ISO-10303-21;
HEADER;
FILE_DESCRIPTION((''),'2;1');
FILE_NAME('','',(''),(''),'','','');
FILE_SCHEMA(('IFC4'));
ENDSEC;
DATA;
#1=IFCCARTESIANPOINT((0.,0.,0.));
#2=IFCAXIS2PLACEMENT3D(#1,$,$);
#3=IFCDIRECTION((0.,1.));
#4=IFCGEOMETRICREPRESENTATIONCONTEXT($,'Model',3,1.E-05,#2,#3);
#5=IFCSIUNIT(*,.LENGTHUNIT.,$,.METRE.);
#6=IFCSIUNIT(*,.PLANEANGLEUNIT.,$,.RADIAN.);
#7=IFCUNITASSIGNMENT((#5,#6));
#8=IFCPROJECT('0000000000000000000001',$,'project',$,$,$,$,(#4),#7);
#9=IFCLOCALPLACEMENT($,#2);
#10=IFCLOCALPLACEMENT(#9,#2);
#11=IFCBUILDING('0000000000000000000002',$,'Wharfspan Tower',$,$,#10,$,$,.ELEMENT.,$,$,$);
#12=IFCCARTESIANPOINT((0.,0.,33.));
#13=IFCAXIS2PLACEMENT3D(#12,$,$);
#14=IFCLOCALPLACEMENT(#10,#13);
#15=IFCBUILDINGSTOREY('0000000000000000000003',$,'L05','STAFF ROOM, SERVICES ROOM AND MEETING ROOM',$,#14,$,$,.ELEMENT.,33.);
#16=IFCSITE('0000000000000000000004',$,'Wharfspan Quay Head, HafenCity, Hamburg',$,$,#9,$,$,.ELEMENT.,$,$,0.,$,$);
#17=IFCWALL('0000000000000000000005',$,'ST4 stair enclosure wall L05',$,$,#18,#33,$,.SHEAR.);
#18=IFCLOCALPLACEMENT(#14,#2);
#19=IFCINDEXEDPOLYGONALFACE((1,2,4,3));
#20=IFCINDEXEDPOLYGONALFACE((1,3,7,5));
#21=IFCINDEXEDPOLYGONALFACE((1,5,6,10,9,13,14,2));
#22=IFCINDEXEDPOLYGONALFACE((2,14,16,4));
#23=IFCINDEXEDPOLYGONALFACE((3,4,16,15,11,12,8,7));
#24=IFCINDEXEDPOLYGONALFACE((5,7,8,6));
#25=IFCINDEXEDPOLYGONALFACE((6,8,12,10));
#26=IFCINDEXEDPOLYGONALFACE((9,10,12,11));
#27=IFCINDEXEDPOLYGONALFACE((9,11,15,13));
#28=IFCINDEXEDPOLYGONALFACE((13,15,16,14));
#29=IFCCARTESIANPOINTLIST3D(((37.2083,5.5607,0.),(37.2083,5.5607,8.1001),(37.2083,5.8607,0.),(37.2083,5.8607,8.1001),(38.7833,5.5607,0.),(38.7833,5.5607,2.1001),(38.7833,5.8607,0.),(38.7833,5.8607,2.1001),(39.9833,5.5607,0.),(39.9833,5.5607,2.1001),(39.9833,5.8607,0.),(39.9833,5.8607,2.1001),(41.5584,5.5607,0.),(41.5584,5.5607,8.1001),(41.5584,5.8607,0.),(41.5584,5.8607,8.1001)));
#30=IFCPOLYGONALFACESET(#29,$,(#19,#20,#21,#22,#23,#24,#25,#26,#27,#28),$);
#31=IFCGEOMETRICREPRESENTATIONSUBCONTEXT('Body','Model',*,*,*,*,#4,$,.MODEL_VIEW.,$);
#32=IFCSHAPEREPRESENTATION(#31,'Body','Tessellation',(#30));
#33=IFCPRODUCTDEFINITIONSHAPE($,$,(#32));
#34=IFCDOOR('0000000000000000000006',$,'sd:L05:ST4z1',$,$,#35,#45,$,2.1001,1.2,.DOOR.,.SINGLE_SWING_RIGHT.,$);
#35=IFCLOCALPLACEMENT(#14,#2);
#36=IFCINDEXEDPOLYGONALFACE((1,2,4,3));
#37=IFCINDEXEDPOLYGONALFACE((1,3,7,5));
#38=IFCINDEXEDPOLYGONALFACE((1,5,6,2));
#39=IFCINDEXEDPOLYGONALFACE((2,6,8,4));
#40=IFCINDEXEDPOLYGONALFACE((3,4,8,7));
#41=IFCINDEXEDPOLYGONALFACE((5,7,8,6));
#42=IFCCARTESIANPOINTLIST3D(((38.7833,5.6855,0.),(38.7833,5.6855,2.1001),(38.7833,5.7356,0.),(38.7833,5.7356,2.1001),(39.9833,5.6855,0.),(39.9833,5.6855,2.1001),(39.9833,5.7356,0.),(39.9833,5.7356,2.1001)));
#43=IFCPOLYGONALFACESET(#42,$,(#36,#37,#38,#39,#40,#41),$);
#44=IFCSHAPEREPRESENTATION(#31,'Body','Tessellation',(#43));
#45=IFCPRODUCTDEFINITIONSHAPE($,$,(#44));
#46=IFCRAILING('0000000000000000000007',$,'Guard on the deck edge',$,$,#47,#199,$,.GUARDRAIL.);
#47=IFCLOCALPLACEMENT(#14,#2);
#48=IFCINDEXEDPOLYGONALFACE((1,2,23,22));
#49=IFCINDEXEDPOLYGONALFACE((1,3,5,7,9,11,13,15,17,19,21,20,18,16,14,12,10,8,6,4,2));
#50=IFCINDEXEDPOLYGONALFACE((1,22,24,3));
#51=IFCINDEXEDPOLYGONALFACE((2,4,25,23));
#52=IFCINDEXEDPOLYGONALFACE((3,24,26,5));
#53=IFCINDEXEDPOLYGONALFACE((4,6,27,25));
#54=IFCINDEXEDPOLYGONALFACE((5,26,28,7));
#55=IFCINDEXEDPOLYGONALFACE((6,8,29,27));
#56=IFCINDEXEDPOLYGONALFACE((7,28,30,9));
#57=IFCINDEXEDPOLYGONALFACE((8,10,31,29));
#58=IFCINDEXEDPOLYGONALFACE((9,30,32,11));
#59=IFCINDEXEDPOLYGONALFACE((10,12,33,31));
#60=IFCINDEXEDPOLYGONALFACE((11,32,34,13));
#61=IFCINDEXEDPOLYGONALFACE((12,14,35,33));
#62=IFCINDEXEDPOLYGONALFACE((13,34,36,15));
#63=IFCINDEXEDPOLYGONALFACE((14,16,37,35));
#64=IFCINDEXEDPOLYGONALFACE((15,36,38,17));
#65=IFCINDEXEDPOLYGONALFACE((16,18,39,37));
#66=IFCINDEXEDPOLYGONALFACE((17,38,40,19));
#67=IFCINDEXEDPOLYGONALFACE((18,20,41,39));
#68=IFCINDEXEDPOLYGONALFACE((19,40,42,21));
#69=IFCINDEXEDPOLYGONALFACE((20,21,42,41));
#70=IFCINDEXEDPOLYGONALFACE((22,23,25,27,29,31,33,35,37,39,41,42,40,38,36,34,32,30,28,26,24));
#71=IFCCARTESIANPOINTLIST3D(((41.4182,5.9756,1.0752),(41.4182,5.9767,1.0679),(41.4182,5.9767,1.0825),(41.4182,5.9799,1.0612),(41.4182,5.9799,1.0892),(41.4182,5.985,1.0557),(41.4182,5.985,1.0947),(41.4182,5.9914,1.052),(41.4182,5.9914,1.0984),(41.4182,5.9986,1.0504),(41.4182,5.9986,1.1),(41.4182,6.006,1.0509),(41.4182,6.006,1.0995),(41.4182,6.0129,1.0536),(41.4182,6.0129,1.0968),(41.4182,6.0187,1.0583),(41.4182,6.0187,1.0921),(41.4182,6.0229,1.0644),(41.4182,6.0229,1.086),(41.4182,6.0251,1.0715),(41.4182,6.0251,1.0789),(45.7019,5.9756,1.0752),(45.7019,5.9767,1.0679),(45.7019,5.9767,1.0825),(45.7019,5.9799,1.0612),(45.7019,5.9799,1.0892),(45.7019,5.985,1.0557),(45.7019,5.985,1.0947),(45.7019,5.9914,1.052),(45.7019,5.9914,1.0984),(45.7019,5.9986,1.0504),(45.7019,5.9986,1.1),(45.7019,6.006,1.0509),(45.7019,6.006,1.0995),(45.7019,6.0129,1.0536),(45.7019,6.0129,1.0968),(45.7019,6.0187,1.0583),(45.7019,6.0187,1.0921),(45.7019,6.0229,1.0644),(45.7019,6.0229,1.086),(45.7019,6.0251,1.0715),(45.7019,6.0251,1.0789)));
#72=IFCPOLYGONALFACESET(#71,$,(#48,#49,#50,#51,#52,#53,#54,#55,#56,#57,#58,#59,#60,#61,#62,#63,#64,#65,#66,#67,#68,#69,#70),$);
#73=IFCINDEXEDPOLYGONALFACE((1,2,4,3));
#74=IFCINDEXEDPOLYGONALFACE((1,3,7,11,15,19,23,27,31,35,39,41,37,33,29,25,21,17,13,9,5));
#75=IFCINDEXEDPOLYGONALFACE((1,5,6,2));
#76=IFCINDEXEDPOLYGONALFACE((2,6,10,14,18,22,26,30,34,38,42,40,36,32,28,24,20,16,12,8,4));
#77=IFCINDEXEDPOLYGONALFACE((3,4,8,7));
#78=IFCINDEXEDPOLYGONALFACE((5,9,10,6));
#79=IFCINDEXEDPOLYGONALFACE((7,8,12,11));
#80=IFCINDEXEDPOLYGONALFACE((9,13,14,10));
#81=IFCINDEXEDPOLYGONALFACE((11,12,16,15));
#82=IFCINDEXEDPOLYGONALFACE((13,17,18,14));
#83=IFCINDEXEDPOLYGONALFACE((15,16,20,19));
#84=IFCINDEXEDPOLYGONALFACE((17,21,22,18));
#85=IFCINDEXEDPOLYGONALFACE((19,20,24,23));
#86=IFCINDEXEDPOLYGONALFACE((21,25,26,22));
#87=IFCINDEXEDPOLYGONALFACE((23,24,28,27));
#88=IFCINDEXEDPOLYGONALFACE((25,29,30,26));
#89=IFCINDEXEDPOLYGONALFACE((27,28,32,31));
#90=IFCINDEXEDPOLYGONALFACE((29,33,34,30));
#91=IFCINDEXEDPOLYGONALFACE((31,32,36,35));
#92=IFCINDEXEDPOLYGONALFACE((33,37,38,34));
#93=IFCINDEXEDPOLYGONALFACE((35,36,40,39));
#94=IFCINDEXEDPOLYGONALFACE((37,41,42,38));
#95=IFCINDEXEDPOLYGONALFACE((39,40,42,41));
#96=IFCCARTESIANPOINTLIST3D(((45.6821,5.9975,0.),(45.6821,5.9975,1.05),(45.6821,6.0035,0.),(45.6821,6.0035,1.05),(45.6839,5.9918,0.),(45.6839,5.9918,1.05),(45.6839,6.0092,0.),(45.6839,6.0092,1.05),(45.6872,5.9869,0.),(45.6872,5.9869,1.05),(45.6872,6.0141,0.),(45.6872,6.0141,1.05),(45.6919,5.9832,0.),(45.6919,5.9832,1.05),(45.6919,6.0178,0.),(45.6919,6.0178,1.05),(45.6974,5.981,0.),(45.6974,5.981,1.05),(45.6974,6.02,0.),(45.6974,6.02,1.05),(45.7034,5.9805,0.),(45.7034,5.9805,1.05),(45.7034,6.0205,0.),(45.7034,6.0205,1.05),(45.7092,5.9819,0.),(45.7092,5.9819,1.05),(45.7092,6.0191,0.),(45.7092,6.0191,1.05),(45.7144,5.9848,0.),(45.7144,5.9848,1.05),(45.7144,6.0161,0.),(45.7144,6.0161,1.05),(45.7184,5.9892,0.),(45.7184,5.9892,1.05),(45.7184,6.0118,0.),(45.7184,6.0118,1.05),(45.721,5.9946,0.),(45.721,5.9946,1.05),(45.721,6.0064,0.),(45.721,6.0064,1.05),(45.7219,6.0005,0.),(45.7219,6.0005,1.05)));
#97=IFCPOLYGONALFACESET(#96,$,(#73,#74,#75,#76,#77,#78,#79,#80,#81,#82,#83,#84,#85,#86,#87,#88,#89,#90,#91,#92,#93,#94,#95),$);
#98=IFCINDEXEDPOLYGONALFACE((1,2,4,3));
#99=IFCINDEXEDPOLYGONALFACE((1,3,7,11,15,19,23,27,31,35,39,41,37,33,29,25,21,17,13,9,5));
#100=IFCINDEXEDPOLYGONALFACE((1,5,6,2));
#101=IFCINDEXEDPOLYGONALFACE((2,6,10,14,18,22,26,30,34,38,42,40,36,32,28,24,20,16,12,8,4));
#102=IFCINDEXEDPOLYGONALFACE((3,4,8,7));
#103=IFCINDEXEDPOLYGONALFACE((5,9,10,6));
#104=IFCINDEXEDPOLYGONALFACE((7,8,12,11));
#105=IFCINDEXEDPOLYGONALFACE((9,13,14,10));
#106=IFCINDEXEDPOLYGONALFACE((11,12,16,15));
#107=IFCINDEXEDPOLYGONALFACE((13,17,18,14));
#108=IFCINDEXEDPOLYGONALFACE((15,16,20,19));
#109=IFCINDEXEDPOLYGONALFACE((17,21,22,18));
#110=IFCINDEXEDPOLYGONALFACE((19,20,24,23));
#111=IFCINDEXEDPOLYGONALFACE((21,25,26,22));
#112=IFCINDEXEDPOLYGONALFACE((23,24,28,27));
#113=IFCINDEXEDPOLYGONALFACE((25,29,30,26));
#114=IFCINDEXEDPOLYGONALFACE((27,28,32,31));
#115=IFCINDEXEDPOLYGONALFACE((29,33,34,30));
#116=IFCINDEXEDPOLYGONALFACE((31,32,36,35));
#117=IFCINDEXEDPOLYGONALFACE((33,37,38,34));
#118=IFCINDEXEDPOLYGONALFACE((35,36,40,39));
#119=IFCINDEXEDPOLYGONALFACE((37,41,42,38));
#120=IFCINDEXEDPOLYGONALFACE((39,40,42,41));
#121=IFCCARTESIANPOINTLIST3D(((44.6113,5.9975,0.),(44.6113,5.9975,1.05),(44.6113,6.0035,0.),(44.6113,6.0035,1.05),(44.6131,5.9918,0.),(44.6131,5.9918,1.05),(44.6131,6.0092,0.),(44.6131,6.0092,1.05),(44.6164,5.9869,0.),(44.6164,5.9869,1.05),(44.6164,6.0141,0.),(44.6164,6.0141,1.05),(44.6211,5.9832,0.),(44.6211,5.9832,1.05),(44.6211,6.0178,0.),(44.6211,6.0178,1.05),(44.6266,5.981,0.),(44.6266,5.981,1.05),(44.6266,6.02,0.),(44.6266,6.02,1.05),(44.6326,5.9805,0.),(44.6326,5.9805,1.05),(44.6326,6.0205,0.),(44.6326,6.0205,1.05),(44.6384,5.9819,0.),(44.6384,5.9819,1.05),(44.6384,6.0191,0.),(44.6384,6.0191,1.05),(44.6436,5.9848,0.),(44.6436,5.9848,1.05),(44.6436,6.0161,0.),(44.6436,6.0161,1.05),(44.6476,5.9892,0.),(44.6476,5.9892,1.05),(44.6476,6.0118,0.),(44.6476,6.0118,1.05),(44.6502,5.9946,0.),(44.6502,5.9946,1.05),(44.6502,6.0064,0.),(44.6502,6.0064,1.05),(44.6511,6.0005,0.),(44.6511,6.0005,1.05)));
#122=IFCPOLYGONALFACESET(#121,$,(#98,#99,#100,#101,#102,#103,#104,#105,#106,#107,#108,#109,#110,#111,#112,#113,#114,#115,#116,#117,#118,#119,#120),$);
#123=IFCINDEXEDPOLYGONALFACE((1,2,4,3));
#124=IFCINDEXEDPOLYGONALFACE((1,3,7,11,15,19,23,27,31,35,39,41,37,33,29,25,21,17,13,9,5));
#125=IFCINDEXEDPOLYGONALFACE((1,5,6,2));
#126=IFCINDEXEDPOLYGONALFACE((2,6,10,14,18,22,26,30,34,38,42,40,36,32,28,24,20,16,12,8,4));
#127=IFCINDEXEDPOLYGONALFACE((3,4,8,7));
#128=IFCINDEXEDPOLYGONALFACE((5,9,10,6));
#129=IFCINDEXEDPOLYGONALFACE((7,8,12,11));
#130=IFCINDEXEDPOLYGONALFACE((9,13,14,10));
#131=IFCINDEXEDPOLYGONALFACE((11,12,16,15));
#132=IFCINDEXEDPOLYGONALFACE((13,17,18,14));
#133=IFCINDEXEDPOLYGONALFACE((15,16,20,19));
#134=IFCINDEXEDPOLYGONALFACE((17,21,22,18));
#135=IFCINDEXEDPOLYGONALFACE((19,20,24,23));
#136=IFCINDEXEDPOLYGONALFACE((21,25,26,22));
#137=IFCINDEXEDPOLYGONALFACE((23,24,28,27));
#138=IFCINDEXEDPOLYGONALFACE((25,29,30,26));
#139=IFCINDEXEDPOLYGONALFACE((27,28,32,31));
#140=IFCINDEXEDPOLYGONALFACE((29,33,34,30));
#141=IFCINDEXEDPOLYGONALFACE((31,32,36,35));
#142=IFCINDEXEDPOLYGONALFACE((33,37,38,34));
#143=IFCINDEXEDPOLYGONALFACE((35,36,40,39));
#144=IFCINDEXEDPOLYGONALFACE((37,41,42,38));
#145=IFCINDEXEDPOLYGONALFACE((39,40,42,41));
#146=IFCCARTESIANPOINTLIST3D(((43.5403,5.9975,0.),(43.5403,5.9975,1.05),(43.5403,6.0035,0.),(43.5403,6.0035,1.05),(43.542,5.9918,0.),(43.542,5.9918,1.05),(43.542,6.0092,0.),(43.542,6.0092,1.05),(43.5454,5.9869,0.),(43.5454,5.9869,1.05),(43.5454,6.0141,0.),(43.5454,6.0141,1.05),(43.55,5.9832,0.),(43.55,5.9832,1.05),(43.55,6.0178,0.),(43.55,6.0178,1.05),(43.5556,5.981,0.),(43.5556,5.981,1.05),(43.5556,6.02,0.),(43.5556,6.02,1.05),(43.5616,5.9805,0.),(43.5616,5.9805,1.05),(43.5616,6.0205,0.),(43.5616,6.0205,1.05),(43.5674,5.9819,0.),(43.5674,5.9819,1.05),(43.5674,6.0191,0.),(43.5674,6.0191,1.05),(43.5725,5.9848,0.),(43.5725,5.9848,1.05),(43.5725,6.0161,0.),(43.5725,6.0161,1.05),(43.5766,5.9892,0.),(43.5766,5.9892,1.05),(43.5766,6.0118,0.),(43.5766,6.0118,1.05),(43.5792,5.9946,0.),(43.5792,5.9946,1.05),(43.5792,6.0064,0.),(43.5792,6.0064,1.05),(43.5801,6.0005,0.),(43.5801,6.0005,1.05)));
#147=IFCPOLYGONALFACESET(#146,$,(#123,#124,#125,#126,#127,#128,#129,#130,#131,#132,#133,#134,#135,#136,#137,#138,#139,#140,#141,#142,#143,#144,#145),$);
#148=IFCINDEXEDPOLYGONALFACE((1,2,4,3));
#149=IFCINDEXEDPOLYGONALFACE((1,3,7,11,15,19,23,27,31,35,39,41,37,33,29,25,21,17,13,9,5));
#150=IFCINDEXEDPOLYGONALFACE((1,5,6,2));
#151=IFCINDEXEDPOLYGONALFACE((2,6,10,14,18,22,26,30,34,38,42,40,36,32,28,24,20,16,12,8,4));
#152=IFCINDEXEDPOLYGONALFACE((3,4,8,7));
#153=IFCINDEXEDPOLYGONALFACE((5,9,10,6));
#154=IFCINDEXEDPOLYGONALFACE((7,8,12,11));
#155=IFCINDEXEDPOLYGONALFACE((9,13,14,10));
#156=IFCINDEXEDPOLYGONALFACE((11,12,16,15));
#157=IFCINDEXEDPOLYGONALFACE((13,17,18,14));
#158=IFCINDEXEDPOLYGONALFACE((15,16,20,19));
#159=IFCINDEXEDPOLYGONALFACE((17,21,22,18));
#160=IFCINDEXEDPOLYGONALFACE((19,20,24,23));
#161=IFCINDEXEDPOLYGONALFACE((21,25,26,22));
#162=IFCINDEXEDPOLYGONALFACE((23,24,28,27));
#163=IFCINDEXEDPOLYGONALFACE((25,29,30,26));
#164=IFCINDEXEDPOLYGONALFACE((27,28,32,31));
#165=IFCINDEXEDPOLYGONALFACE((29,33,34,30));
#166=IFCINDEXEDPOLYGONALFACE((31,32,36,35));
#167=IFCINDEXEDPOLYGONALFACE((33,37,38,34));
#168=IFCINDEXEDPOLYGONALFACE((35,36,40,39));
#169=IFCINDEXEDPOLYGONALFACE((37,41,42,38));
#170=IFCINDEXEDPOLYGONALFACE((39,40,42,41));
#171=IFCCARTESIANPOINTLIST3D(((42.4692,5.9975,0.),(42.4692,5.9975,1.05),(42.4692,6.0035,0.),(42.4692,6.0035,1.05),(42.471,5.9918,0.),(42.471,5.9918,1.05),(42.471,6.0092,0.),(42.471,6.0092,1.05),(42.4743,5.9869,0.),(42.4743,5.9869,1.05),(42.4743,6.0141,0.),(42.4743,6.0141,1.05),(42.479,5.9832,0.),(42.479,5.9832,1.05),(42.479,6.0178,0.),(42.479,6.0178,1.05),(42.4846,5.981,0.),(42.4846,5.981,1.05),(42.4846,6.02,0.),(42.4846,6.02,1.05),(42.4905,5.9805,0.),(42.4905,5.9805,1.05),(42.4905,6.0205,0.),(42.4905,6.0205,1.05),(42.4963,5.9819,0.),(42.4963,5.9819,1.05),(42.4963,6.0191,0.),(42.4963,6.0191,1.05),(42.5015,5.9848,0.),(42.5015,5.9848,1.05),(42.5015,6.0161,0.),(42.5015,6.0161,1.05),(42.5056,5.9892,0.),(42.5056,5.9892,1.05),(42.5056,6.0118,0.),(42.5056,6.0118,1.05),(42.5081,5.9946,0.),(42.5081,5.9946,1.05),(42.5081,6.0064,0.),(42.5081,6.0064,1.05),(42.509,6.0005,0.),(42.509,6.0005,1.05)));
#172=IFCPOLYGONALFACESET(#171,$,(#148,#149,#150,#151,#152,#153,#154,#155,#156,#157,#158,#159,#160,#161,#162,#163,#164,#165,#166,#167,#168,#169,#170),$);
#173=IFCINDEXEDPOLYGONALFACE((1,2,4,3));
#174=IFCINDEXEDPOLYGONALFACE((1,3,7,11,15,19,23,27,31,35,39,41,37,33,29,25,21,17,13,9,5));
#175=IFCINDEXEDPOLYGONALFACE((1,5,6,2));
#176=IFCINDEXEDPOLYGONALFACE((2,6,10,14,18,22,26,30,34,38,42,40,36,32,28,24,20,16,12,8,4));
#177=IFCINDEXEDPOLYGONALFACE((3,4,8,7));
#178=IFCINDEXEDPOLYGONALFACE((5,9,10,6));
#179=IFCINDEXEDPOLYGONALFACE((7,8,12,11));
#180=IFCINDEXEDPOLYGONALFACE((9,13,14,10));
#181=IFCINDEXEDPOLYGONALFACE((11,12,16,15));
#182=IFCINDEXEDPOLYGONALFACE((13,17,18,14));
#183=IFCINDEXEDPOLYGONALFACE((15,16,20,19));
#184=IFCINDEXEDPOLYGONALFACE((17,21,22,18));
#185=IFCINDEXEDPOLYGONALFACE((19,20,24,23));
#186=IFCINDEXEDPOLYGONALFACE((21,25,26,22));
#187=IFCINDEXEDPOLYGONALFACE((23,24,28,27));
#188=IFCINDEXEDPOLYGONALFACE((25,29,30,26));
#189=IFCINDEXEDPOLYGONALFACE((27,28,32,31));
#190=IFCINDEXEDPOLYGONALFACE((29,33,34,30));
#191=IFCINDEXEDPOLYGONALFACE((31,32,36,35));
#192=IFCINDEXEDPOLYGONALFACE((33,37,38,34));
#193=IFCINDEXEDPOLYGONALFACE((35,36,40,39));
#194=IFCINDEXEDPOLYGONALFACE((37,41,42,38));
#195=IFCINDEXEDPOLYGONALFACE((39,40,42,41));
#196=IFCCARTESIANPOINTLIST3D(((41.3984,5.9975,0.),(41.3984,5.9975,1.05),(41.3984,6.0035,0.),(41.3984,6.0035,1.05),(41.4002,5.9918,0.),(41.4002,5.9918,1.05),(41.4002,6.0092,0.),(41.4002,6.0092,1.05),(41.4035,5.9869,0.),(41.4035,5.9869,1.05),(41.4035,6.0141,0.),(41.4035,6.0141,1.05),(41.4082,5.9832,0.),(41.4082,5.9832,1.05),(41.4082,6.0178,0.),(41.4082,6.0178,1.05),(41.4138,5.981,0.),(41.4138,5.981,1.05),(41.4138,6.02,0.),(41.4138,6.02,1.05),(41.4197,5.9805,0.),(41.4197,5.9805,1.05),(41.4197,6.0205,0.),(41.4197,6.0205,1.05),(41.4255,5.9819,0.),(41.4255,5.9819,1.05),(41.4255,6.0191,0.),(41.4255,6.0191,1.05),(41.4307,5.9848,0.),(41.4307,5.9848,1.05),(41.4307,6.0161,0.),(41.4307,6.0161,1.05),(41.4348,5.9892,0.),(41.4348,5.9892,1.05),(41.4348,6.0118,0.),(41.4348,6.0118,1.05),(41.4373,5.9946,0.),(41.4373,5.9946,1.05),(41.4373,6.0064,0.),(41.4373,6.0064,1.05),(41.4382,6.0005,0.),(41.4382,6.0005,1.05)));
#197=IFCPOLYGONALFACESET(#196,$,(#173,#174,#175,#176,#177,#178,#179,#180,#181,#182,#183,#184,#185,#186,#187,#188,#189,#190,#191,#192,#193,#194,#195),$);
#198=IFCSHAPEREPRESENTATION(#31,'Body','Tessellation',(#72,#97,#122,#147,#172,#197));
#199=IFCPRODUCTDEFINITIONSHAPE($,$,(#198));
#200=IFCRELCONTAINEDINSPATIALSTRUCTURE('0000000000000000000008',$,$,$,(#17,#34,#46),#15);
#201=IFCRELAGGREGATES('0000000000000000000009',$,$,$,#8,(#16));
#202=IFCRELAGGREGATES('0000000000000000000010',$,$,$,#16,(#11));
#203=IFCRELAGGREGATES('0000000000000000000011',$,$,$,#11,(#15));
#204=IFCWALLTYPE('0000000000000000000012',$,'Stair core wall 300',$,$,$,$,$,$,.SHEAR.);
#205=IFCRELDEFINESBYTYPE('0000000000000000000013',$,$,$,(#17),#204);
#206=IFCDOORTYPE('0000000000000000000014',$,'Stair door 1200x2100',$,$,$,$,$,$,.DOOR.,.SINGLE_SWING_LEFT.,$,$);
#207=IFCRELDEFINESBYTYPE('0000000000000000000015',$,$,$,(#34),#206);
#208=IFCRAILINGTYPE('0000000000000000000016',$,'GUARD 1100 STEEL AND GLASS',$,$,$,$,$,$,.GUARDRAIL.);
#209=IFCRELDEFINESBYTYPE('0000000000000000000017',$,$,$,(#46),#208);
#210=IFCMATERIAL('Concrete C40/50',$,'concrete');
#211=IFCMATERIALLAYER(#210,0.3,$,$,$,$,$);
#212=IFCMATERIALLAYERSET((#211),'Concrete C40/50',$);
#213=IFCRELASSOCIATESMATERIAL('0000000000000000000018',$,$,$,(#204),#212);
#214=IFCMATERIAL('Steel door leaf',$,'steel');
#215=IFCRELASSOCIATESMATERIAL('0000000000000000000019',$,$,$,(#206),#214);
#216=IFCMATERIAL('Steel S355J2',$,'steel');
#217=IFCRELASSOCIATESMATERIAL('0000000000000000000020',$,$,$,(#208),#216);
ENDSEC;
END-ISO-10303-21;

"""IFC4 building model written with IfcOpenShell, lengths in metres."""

from ifc_helpers import new_model, si_unit, direction, frame, frame_2d, origin, origin_2d, place, context, subcontext, project, spatial, rectangle, circle, extrude, material, layer, layer_set, type_object, element, fill, save


model = new_model("IFC4")

# Units and contexts
model_context = context("Model", 3, precision=1e-05, world=origin(), true_north=direction((0.0, 1.0)))
body_context = subcontext(model_context, "Body", "Model", "MODEL_VIEW")
ifc_project = project(units=[si_unit("LENGTHUNIT", "METRE"), si_unit("PLANEANGLEUNIT", "RADIAN")], contexts=[model_context])

# Site, building, storey
site_placement = place(None, origin())
site = spatial("IfcSite", under=ifc_project, at=site_placement, Name="Wharfspan Quay Head, HafenCity, Hamburg", CompositionType="ELEMENT", RefElevation=0.0)
building_placement = place(site_placement, origin())
building = spatial("IfcBuilding", under=site, at=building_placement, Name="Wharfspan Tower", CompositionType="ELEMENT")
storey_placement = place(building_placement, frame((0.0, 0.0, 33.0)))
storey = spatial("IfcBuildingStorey", under=building, at=storey_placement, Name="L05", Description="STAFF ROOM, SERVICES ROOM AND MEETING ROOM", CompositionType="ELEMENT", Elevation=33.0)

# Wall, opening, door
ifc_material_1 = material(Name="Concrete C40/50", Category="concrete")
ifc_layer_1 = layer(ifc_material_1, 0.3)
ifc_layer_set_1 = layer_set([ifc_layer_1], Name="Concrete C40/50")
wall_type_1 = type_object("IfcWallType", Name="Stair core wall 300", PredefinedType="SHEAR", material=ifc_layer_set_1)
wall_1_placement = place(storey_placement, frame((37.2083, 5.7107, 0.0), z_axis=(0.0, 0.0, 1.0), x_axis=(1.0, 0.0, 0.0)))
wall_1 = element("IfcWall", 1, at=wall_1_placement, inside=storey, type_object=wall_type_1, Name="ST4 stair enclosure wall L05", PredefinedType="SHEAR", context=body_context, shape_type="SweptSolid", body=[
    extrude(rectangle(XDim=4.3501, YDim=0.3, at=frame_2d((2.175, 0.0))), origin(), (0.0, 0.0, 1.0), 8.1001),
])
opening_placement = place(wall_1_placement, frame((1.575, 0.0, 0.0)))
opening = element("IfcOpeningElement", 2, at=opening_placement, cuts=wall_1, PredefinedType="OPENING", context=body_context, shape_type="SweptSolid", body=[
    extrude(rectangle(XDim=1.2, YDim=2.1001, at=frame_2d((0.6001, 1.05))), frame((0.0, 0.1599, 0.0), z_axis=(0.0, -1.0, 0.0), x_axis=(1.0, 0.0, 0.0)), (0.0, 0.0, 1.0), 0.3201),
])
ifc_material_2 = material(Name="Steel door leaf", Category="steel")
door_type = type_object("IfcDoorType", Name="Stair door 1200x2100", OperationType="SINGLE_SWING_LEFT", PredefinedType="DOOR", material=ifc_material_2)
door_placement = place(opening_placement, origin())
door = element("IfcDoor", 3, at=door_placement, inside=storey, type_object=door_type, Name="sd:L05:ST4z1", OperationType="SINGLE_SWING_RIGHT", OverallHeight=2.1001, OverallWidth=1.2, PredefinedType="DOOR", context=body_context, shape_type="SweptSolid", body=[
    extrude(rectangle(XDim=1.2, YDim=2.1001, at=frame_2d((0.6001, 1.05))), frame((0.0, 0.0249, 0.0), z_axis=(0.0, -1.0, 0.0), x_axis=(1.0, 0.0, 0.0)), (0.0, 0.0, 1.0), 0.05),
])
fill(opening, door)

# Railing
ifc_material_3 = material(Name="Steel S355J2", Category="steel")
railing_type = type_object("IfcRailingType", Name="GUARD 1100 STEEL AND GLASS", PredefinedType="GUARDRAIL", material=ifc_material_3)
railing_1_placement = place(storey_placement, frame((45.7019, 6.0005, 0.0)))
element("IfcRailing", 4, at=railing_1_placement, inside=storey, type_object=railing_type, Name="Guard on the deck edge", PredefinedType="GUARDRAIL", context=body_context, shape_type="SweptSolid", body=[
    extrude(circle(Radius=0.0249, at=origin_2d()), frame((0.0, 0.0, 1.0752), z_axis=(-1.0, 0.0, 0.0), x_axis=(0.0, -1.0, 0.0)), (0.0, 0.0, 1.0), 4.2837),
    extrude(circle(Radius=0.02, at=origin_2d()), origin(), (0.0, 0.0, 1.0), 1.05),
    extrude(circle(Radius=0.02, at=origin_2d()), frame((-1.0708, 0.0, 0.0)), (0.0, 0.0, 1.0), 1.05),
    extrude(circle(Radius=0.02, at=origin_2d()), frame((-2.1418, 0.0, 0.0)), (0.0, 0.0, 1.0), 1.05),
    extrude(circle(Radius=0.02, at=origin_2d()), frame((-3.2129, 0.0, 0.0)), (0.0, 0.0, 1.0), 1.05),
    extrude(circle(Radius=0.02, at=origin_2d()), frame((-4.2837, 0.0, 0.0)), (0.0, 0.0, 1.0), 1.05),
])

save(model, "model.ifc")
